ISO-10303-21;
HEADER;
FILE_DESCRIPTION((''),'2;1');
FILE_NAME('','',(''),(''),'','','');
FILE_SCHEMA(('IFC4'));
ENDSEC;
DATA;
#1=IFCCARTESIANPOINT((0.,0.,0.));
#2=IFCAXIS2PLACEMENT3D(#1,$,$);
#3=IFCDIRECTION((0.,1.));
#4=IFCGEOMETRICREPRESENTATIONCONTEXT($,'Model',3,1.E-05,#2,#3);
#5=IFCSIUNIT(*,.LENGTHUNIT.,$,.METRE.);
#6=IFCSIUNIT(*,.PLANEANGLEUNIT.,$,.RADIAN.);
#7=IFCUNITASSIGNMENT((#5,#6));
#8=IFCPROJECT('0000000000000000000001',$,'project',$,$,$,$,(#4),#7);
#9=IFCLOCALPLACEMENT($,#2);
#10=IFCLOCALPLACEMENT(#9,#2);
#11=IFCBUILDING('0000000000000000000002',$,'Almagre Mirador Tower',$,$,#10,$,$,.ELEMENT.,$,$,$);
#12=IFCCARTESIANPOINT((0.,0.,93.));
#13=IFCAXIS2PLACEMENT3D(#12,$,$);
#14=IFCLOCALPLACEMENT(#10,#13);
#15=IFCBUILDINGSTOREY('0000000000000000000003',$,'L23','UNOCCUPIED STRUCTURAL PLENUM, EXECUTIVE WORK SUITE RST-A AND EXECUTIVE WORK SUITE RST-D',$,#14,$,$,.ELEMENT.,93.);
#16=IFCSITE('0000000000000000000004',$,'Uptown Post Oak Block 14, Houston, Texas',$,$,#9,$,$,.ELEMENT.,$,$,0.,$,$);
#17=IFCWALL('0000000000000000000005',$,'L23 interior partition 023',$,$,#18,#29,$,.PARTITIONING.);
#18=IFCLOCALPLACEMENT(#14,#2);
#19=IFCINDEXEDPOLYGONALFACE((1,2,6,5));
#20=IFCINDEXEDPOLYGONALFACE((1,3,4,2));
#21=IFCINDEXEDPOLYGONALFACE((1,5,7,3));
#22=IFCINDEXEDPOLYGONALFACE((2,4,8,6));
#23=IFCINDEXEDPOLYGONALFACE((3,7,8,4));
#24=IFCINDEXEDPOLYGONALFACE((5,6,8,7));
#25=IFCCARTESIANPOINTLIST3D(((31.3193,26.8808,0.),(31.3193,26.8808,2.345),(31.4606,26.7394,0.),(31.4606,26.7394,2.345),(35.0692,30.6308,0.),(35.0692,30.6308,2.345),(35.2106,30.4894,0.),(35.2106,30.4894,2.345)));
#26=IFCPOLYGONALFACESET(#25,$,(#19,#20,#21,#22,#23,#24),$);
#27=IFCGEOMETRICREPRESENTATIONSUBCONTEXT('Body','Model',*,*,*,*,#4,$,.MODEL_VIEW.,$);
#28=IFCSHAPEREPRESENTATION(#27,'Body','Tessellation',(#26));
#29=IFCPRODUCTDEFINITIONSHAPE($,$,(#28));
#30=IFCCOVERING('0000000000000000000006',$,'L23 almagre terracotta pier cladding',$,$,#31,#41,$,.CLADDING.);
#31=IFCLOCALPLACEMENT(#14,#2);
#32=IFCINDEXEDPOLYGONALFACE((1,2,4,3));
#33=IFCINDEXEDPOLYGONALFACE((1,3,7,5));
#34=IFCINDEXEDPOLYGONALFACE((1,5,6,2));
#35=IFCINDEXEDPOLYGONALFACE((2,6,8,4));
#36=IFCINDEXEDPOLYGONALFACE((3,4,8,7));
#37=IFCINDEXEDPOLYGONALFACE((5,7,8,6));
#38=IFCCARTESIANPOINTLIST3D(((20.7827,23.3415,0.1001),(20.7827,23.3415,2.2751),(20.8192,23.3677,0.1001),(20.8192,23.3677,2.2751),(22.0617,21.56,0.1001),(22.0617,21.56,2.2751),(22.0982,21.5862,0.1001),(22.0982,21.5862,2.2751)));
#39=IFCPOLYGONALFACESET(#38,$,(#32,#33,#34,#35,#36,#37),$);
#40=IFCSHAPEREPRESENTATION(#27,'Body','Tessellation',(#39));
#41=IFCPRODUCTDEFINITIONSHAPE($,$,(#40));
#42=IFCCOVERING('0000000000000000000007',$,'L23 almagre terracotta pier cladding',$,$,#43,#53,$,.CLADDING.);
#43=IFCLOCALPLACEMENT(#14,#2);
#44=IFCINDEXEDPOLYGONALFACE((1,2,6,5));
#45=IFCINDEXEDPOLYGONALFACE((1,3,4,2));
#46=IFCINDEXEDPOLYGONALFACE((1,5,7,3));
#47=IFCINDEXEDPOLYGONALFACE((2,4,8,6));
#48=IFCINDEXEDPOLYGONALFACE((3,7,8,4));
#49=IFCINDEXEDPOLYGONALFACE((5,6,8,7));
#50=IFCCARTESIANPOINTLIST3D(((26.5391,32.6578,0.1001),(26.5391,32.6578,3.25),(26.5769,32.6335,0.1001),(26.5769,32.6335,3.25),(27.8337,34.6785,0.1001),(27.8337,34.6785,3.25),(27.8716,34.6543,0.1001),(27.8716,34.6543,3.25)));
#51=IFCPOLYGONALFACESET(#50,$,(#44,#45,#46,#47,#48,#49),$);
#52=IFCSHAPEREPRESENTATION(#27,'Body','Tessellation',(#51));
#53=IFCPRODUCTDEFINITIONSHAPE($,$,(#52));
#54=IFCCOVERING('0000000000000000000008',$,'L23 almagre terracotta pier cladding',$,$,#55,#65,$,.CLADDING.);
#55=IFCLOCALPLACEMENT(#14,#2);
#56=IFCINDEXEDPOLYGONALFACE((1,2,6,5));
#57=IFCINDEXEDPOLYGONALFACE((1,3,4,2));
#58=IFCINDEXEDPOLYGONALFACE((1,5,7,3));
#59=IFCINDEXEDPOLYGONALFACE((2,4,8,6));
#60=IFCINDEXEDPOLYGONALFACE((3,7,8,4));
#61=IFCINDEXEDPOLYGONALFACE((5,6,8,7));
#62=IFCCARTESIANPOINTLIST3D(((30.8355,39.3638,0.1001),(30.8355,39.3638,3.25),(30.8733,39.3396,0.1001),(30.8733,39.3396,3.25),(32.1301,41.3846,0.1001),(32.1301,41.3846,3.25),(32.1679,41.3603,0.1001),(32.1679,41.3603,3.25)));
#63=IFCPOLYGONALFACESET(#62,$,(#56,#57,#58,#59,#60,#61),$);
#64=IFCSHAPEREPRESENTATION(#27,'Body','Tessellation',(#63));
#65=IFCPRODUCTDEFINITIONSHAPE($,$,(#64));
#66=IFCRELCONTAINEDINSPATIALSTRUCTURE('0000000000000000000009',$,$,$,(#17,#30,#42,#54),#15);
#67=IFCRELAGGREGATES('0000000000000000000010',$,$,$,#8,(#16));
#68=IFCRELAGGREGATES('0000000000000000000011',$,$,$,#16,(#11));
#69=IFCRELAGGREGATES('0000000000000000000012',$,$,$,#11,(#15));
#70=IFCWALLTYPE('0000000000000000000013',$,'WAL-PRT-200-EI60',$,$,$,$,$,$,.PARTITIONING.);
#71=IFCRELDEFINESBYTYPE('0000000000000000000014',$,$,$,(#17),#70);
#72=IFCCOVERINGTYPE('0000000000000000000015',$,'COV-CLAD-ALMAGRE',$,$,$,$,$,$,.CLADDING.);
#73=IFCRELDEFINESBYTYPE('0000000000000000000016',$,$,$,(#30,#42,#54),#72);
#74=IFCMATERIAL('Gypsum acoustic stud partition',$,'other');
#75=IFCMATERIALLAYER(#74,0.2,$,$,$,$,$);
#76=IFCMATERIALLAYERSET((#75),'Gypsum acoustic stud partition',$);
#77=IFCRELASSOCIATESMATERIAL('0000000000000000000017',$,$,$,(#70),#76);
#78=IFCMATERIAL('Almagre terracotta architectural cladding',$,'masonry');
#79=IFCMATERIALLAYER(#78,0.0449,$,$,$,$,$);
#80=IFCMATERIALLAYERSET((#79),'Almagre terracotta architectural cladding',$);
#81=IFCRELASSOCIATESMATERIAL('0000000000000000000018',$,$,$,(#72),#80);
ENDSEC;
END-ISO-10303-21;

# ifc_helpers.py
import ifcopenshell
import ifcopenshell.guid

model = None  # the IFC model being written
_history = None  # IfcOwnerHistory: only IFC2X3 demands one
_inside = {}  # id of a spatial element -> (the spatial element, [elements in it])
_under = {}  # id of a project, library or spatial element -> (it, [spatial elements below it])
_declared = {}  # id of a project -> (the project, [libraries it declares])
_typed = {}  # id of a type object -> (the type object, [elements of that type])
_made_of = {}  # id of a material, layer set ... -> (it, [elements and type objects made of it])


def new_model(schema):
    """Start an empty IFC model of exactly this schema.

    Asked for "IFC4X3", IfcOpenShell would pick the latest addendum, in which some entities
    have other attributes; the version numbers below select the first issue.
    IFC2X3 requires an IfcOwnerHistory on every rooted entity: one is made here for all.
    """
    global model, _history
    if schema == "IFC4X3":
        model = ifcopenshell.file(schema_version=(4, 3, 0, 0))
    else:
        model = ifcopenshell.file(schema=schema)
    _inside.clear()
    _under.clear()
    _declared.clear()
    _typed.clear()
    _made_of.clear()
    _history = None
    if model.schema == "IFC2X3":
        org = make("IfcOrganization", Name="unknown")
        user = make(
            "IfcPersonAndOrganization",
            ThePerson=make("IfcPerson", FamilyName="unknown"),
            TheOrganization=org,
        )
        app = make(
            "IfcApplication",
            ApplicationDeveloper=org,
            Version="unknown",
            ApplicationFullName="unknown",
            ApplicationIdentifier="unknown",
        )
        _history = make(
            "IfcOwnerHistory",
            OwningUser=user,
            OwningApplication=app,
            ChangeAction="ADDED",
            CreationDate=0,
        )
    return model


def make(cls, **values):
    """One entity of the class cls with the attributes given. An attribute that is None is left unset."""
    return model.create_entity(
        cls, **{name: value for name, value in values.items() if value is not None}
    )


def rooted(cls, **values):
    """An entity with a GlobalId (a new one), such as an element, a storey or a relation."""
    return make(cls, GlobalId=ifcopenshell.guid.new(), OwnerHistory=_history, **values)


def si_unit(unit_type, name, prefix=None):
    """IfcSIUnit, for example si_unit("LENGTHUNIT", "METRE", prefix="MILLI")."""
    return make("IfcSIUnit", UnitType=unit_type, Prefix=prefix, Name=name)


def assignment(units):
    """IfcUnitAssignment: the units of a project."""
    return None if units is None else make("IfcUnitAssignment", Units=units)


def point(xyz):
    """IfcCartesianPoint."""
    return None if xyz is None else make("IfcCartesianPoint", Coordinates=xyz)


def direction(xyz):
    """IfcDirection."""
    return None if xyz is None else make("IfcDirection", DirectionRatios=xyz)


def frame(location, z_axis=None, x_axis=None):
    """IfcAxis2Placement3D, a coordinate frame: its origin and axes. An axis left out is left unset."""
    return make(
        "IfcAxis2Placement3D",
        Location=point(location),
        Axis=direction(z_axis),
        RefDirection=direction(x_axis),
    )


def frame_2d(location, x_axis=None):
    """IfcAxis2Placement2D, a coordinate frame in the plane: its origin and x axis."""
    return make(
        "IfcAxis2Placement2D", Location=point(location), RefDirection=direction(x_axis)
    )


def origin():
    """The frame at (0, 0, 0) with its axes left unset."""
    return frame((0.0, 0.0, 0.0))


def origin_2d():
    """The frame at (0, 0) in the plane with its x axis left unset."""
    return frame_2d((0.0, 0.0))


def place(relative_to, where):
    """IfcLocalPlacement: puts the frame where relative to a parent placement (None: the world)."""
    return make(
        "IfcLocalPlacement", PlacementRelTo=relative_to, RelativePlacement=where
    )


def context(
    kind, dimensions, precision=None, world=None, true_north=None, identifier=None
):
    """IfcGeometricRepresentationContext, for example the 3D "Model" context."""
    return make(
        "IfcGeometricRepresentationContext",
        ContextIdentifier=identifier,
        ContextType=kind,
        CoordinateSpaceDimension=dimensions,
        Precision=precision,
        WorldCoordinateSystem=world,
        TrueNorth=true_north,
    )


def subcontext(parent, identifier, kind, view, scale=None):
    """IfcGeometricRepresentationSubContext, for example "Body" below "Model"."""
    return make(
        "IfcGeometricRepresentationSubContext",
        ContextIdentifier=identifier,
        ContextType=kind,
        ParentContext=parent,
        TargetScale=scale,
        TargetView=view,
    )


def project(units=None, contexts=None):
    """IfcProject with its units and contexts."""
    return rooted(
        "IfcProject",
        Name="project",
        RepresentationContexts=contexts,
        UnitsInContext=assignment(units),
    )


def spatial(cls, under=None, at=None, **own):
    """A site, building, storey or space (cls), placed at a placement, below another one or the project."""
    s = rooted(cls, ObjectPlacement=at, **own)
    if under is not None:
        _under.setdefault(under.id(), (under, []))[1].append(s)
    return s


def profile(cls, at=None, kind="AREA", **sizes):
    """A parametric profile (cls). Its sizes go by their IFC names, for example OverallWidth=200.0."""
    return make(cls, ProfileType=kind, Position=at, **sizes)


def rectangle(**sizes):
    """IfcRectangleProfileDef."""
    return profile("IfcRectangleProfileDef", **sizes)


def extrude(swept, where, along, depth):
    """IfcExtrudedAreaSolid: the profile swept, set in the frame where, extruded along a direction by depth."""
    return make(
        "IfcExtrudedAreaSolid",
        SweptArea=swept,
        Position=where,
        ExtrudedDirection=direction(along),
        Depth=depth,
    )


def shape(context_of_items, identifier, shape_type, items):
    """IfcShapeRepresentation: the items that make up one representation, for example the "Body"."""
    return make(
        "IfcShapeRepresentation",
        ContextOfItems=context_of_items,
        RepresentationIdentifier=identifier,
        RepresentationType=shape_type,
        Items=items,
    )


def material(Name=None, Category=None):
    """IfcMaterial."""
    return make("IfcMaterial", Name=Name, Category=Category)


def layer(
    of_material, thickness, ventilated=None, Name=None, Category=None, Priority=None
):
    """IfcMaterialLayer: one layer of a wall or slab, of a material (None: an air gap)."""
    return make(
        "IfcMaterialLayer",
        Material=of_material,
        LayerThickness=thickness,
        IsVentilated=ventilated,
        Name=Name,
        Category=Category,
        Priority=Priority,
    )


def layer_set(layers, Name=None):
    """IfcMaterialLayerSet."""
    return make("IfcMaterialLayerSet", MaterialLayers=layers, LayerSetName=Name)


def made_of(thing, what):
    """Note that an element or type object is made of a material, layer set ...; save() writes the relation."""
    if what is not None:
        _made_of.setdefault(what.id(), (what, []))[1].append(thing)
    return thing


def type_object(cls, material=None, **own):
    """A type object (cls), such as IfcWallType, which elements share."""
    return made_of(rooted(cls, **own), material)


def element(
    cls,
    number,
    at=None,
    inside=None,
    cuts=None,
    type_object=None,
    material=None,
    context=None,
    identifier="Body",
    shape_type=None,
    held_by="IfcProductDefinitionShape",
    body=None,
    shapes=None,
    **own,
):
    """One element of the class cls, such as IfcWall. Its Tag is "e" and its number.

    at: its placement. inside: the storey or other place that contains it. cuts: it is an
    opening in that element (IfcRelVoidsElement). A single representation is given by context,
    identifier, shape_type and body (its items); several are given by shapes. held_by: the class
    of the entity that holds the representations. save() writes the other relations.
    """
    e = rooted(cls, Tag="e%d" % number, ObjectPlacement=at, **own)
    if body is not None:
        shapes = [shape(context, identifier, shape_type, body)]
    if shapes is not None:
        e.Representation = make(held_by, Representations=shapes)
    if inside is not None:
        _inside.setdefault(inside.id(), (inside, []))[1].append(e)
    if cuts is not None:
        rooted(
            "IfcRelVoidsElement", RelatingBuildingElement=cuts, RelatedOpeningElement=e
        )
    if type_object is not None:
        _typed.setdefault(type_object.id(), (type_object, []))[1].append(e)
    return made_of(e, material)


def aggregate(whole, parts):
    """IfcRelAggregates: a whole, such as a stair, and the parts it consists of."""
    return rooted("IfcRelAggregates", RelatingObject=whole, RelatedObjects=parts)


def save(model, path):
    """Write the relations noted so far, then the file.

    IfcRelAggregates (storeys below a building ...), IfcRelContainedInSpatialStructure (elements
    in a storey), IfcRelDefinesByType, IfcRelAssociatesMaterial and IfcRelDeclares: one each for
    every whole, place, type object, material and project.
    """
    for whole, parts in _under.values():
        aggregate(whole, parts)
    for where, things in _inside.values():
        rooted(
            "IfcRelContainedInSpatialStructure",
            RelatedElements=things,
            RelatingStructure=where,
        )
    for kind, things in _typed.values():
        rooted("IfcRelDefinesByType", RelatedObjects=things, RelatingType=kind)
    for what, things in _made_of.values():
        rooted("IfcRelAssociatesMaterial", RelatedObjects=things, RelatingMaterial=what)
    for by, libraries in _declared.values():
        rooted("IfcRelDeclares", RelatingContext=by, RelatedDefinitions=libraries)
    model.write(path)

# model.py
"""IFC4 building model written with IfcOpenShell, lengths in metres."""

from ifc_helpers import new_model, si_unit, direction, frame, frame_2d, origin, origin_2d, place, context, subcontext, project, spatial, rectangle, extrude, material, layer, layer_set, type_object, element, save


model = new_model("IFC4")

# Units and contexts
model_context = context("Model", 3, precision=1e-05, world=origin(), true_north=direction((0.0, 1.0)))
body_context = subcontext(model_context, "Body", "Model", "MODEL_VIEW")
ifc_project = project(units=[si_unit("LENGTHUNIT", "METRE"), si_unit("PLANEANGLEUNIT", "RADIAN")], contexts=[model_context])

# Site, building, storey
site_placement = place(None, origin())
site = spatial("IfcSite", under=ifc_project, at=site_placement, Name="Uptown Post Oak Block 14, Houston, Texas", CompositionType="ELEMENT", RefElevation=0.0)
building_placement = place(site_placement, origin())
building = spatial("IfcBuilding", under=site, at=building_placement, Name="Almagre Mirador Tower", CompositionType="ELEMENT")
storey_placement = place(building_placement, frame((0.0, 0.0, 93.0)))
storey = spatial("IfcBuildingStorey", under=building, at=storey_placement, Name="L23", Description="UNOCCUPIED STRUCTURAL PLENUM, EXECUTIVE WORK SUITE RST-A AND EXECUTIVE WORK SUITE RST-D", CompositionType="ELEMENT", Elevation=93.0)

# Wall
ifc_material_1 = material(Name="Gypsum acoustic stud partition", Category="other")
ifc_layer_1 = layer(ifc_material_1, 0.2)
ifc_layer_set_1 = layer_set([ifc_layer_1], Name="Gypsum acoustic stud partition")
wall_type_1 = type_object("IfcWallType", Name="WAL-PRT-200-EI60", PredefinedType="PARTITIONING", material=ifc_layer_set_1)
wall_1_placement = place(storey_placement, frame((35.1399, 30.5601, 0.0), z_axis=(0.0, 0.0, 1.0), x_axis=(-0.707107, -0.707107, 0.0)))
element("IfcWall", 1, at=wall_1_placement, inside=storey, type_object=wall_type_1, Name="L23 interior partition 023", PredefinedType="PARTITIONING", context=body_context, shape_type="SweptSolid", body=[
    extrude(rectangle(XDim=5.3032, YDim=0.2, at=frame_2d((2.6516, 0.0))), origin(), (0.0, 0.0, 1.0), 2.345),
])

# Coverings
ifc_material_2 = material(Name="Almagre terracotta architectural cladding", Category="masonry")
ifc_layer_2 = layer(ifc_material_2, 0.0449)
ifc_layer_set_2 = layer_set([ifc_layer_2], Name="Almagre terracotta architectural cladding")
covering_type = type_object("IfcCoveringType", Name="COV-CLAD-ALMAGRE", PredefinedType="CLADDING", material=ifc_layer_set_2)
covering_placement = place(storey_placement, frame((21.4404, 22.4639, 0.1001), z_axis=(0.0, 0.0, 1.0), x_axis=(-0.583187, 0.812338, 0.0)))
element("IfcCovering", 2, at=covering_placement, inside=storey, type_object=covering_type, Name="L23 almagre terracotta pier cladding", PredefinedType="CLADDING", context=body_context, shape_type="SweptSolid", body=[
    extrude(rectangle(XDim=2.1931, YDim=0.0449, at=origin_2d()), origin(), (0.0, 0.0, 1.0), 2.175),
])
for number, where, z_axis, x_axis, name in (
    (3, (27.2053, 33.656, 0.1001), (0.0, 0.0, 1.0), (0.539462, 0.84201, 0.0), "L23 almagre terracotta pier cladding"),
    (4, (31.5017, 40.3621, 0.1001), (0.0, 0.0, 1.0), (0.539447, 0.84202, 0.0), "L23 almagre terracotta pier cladding"),
):
    element("IfcCovering", number, at=place(storey_placement, frame(where, z_axis=z_axis, x_axis=x_axis)), inside=storey, type_object=covering_type, Name=name, PredefinedType="CLADDING", context=body_context, shape_type="SweptSolid", body=[
        extrude(rectangle(XDim=2.3999, YDim=0.0449, at=origin_2d()), origin(), (0.0, 0.0, 1.0), 3.1499),
    ])

save(model, "model.ifc")
